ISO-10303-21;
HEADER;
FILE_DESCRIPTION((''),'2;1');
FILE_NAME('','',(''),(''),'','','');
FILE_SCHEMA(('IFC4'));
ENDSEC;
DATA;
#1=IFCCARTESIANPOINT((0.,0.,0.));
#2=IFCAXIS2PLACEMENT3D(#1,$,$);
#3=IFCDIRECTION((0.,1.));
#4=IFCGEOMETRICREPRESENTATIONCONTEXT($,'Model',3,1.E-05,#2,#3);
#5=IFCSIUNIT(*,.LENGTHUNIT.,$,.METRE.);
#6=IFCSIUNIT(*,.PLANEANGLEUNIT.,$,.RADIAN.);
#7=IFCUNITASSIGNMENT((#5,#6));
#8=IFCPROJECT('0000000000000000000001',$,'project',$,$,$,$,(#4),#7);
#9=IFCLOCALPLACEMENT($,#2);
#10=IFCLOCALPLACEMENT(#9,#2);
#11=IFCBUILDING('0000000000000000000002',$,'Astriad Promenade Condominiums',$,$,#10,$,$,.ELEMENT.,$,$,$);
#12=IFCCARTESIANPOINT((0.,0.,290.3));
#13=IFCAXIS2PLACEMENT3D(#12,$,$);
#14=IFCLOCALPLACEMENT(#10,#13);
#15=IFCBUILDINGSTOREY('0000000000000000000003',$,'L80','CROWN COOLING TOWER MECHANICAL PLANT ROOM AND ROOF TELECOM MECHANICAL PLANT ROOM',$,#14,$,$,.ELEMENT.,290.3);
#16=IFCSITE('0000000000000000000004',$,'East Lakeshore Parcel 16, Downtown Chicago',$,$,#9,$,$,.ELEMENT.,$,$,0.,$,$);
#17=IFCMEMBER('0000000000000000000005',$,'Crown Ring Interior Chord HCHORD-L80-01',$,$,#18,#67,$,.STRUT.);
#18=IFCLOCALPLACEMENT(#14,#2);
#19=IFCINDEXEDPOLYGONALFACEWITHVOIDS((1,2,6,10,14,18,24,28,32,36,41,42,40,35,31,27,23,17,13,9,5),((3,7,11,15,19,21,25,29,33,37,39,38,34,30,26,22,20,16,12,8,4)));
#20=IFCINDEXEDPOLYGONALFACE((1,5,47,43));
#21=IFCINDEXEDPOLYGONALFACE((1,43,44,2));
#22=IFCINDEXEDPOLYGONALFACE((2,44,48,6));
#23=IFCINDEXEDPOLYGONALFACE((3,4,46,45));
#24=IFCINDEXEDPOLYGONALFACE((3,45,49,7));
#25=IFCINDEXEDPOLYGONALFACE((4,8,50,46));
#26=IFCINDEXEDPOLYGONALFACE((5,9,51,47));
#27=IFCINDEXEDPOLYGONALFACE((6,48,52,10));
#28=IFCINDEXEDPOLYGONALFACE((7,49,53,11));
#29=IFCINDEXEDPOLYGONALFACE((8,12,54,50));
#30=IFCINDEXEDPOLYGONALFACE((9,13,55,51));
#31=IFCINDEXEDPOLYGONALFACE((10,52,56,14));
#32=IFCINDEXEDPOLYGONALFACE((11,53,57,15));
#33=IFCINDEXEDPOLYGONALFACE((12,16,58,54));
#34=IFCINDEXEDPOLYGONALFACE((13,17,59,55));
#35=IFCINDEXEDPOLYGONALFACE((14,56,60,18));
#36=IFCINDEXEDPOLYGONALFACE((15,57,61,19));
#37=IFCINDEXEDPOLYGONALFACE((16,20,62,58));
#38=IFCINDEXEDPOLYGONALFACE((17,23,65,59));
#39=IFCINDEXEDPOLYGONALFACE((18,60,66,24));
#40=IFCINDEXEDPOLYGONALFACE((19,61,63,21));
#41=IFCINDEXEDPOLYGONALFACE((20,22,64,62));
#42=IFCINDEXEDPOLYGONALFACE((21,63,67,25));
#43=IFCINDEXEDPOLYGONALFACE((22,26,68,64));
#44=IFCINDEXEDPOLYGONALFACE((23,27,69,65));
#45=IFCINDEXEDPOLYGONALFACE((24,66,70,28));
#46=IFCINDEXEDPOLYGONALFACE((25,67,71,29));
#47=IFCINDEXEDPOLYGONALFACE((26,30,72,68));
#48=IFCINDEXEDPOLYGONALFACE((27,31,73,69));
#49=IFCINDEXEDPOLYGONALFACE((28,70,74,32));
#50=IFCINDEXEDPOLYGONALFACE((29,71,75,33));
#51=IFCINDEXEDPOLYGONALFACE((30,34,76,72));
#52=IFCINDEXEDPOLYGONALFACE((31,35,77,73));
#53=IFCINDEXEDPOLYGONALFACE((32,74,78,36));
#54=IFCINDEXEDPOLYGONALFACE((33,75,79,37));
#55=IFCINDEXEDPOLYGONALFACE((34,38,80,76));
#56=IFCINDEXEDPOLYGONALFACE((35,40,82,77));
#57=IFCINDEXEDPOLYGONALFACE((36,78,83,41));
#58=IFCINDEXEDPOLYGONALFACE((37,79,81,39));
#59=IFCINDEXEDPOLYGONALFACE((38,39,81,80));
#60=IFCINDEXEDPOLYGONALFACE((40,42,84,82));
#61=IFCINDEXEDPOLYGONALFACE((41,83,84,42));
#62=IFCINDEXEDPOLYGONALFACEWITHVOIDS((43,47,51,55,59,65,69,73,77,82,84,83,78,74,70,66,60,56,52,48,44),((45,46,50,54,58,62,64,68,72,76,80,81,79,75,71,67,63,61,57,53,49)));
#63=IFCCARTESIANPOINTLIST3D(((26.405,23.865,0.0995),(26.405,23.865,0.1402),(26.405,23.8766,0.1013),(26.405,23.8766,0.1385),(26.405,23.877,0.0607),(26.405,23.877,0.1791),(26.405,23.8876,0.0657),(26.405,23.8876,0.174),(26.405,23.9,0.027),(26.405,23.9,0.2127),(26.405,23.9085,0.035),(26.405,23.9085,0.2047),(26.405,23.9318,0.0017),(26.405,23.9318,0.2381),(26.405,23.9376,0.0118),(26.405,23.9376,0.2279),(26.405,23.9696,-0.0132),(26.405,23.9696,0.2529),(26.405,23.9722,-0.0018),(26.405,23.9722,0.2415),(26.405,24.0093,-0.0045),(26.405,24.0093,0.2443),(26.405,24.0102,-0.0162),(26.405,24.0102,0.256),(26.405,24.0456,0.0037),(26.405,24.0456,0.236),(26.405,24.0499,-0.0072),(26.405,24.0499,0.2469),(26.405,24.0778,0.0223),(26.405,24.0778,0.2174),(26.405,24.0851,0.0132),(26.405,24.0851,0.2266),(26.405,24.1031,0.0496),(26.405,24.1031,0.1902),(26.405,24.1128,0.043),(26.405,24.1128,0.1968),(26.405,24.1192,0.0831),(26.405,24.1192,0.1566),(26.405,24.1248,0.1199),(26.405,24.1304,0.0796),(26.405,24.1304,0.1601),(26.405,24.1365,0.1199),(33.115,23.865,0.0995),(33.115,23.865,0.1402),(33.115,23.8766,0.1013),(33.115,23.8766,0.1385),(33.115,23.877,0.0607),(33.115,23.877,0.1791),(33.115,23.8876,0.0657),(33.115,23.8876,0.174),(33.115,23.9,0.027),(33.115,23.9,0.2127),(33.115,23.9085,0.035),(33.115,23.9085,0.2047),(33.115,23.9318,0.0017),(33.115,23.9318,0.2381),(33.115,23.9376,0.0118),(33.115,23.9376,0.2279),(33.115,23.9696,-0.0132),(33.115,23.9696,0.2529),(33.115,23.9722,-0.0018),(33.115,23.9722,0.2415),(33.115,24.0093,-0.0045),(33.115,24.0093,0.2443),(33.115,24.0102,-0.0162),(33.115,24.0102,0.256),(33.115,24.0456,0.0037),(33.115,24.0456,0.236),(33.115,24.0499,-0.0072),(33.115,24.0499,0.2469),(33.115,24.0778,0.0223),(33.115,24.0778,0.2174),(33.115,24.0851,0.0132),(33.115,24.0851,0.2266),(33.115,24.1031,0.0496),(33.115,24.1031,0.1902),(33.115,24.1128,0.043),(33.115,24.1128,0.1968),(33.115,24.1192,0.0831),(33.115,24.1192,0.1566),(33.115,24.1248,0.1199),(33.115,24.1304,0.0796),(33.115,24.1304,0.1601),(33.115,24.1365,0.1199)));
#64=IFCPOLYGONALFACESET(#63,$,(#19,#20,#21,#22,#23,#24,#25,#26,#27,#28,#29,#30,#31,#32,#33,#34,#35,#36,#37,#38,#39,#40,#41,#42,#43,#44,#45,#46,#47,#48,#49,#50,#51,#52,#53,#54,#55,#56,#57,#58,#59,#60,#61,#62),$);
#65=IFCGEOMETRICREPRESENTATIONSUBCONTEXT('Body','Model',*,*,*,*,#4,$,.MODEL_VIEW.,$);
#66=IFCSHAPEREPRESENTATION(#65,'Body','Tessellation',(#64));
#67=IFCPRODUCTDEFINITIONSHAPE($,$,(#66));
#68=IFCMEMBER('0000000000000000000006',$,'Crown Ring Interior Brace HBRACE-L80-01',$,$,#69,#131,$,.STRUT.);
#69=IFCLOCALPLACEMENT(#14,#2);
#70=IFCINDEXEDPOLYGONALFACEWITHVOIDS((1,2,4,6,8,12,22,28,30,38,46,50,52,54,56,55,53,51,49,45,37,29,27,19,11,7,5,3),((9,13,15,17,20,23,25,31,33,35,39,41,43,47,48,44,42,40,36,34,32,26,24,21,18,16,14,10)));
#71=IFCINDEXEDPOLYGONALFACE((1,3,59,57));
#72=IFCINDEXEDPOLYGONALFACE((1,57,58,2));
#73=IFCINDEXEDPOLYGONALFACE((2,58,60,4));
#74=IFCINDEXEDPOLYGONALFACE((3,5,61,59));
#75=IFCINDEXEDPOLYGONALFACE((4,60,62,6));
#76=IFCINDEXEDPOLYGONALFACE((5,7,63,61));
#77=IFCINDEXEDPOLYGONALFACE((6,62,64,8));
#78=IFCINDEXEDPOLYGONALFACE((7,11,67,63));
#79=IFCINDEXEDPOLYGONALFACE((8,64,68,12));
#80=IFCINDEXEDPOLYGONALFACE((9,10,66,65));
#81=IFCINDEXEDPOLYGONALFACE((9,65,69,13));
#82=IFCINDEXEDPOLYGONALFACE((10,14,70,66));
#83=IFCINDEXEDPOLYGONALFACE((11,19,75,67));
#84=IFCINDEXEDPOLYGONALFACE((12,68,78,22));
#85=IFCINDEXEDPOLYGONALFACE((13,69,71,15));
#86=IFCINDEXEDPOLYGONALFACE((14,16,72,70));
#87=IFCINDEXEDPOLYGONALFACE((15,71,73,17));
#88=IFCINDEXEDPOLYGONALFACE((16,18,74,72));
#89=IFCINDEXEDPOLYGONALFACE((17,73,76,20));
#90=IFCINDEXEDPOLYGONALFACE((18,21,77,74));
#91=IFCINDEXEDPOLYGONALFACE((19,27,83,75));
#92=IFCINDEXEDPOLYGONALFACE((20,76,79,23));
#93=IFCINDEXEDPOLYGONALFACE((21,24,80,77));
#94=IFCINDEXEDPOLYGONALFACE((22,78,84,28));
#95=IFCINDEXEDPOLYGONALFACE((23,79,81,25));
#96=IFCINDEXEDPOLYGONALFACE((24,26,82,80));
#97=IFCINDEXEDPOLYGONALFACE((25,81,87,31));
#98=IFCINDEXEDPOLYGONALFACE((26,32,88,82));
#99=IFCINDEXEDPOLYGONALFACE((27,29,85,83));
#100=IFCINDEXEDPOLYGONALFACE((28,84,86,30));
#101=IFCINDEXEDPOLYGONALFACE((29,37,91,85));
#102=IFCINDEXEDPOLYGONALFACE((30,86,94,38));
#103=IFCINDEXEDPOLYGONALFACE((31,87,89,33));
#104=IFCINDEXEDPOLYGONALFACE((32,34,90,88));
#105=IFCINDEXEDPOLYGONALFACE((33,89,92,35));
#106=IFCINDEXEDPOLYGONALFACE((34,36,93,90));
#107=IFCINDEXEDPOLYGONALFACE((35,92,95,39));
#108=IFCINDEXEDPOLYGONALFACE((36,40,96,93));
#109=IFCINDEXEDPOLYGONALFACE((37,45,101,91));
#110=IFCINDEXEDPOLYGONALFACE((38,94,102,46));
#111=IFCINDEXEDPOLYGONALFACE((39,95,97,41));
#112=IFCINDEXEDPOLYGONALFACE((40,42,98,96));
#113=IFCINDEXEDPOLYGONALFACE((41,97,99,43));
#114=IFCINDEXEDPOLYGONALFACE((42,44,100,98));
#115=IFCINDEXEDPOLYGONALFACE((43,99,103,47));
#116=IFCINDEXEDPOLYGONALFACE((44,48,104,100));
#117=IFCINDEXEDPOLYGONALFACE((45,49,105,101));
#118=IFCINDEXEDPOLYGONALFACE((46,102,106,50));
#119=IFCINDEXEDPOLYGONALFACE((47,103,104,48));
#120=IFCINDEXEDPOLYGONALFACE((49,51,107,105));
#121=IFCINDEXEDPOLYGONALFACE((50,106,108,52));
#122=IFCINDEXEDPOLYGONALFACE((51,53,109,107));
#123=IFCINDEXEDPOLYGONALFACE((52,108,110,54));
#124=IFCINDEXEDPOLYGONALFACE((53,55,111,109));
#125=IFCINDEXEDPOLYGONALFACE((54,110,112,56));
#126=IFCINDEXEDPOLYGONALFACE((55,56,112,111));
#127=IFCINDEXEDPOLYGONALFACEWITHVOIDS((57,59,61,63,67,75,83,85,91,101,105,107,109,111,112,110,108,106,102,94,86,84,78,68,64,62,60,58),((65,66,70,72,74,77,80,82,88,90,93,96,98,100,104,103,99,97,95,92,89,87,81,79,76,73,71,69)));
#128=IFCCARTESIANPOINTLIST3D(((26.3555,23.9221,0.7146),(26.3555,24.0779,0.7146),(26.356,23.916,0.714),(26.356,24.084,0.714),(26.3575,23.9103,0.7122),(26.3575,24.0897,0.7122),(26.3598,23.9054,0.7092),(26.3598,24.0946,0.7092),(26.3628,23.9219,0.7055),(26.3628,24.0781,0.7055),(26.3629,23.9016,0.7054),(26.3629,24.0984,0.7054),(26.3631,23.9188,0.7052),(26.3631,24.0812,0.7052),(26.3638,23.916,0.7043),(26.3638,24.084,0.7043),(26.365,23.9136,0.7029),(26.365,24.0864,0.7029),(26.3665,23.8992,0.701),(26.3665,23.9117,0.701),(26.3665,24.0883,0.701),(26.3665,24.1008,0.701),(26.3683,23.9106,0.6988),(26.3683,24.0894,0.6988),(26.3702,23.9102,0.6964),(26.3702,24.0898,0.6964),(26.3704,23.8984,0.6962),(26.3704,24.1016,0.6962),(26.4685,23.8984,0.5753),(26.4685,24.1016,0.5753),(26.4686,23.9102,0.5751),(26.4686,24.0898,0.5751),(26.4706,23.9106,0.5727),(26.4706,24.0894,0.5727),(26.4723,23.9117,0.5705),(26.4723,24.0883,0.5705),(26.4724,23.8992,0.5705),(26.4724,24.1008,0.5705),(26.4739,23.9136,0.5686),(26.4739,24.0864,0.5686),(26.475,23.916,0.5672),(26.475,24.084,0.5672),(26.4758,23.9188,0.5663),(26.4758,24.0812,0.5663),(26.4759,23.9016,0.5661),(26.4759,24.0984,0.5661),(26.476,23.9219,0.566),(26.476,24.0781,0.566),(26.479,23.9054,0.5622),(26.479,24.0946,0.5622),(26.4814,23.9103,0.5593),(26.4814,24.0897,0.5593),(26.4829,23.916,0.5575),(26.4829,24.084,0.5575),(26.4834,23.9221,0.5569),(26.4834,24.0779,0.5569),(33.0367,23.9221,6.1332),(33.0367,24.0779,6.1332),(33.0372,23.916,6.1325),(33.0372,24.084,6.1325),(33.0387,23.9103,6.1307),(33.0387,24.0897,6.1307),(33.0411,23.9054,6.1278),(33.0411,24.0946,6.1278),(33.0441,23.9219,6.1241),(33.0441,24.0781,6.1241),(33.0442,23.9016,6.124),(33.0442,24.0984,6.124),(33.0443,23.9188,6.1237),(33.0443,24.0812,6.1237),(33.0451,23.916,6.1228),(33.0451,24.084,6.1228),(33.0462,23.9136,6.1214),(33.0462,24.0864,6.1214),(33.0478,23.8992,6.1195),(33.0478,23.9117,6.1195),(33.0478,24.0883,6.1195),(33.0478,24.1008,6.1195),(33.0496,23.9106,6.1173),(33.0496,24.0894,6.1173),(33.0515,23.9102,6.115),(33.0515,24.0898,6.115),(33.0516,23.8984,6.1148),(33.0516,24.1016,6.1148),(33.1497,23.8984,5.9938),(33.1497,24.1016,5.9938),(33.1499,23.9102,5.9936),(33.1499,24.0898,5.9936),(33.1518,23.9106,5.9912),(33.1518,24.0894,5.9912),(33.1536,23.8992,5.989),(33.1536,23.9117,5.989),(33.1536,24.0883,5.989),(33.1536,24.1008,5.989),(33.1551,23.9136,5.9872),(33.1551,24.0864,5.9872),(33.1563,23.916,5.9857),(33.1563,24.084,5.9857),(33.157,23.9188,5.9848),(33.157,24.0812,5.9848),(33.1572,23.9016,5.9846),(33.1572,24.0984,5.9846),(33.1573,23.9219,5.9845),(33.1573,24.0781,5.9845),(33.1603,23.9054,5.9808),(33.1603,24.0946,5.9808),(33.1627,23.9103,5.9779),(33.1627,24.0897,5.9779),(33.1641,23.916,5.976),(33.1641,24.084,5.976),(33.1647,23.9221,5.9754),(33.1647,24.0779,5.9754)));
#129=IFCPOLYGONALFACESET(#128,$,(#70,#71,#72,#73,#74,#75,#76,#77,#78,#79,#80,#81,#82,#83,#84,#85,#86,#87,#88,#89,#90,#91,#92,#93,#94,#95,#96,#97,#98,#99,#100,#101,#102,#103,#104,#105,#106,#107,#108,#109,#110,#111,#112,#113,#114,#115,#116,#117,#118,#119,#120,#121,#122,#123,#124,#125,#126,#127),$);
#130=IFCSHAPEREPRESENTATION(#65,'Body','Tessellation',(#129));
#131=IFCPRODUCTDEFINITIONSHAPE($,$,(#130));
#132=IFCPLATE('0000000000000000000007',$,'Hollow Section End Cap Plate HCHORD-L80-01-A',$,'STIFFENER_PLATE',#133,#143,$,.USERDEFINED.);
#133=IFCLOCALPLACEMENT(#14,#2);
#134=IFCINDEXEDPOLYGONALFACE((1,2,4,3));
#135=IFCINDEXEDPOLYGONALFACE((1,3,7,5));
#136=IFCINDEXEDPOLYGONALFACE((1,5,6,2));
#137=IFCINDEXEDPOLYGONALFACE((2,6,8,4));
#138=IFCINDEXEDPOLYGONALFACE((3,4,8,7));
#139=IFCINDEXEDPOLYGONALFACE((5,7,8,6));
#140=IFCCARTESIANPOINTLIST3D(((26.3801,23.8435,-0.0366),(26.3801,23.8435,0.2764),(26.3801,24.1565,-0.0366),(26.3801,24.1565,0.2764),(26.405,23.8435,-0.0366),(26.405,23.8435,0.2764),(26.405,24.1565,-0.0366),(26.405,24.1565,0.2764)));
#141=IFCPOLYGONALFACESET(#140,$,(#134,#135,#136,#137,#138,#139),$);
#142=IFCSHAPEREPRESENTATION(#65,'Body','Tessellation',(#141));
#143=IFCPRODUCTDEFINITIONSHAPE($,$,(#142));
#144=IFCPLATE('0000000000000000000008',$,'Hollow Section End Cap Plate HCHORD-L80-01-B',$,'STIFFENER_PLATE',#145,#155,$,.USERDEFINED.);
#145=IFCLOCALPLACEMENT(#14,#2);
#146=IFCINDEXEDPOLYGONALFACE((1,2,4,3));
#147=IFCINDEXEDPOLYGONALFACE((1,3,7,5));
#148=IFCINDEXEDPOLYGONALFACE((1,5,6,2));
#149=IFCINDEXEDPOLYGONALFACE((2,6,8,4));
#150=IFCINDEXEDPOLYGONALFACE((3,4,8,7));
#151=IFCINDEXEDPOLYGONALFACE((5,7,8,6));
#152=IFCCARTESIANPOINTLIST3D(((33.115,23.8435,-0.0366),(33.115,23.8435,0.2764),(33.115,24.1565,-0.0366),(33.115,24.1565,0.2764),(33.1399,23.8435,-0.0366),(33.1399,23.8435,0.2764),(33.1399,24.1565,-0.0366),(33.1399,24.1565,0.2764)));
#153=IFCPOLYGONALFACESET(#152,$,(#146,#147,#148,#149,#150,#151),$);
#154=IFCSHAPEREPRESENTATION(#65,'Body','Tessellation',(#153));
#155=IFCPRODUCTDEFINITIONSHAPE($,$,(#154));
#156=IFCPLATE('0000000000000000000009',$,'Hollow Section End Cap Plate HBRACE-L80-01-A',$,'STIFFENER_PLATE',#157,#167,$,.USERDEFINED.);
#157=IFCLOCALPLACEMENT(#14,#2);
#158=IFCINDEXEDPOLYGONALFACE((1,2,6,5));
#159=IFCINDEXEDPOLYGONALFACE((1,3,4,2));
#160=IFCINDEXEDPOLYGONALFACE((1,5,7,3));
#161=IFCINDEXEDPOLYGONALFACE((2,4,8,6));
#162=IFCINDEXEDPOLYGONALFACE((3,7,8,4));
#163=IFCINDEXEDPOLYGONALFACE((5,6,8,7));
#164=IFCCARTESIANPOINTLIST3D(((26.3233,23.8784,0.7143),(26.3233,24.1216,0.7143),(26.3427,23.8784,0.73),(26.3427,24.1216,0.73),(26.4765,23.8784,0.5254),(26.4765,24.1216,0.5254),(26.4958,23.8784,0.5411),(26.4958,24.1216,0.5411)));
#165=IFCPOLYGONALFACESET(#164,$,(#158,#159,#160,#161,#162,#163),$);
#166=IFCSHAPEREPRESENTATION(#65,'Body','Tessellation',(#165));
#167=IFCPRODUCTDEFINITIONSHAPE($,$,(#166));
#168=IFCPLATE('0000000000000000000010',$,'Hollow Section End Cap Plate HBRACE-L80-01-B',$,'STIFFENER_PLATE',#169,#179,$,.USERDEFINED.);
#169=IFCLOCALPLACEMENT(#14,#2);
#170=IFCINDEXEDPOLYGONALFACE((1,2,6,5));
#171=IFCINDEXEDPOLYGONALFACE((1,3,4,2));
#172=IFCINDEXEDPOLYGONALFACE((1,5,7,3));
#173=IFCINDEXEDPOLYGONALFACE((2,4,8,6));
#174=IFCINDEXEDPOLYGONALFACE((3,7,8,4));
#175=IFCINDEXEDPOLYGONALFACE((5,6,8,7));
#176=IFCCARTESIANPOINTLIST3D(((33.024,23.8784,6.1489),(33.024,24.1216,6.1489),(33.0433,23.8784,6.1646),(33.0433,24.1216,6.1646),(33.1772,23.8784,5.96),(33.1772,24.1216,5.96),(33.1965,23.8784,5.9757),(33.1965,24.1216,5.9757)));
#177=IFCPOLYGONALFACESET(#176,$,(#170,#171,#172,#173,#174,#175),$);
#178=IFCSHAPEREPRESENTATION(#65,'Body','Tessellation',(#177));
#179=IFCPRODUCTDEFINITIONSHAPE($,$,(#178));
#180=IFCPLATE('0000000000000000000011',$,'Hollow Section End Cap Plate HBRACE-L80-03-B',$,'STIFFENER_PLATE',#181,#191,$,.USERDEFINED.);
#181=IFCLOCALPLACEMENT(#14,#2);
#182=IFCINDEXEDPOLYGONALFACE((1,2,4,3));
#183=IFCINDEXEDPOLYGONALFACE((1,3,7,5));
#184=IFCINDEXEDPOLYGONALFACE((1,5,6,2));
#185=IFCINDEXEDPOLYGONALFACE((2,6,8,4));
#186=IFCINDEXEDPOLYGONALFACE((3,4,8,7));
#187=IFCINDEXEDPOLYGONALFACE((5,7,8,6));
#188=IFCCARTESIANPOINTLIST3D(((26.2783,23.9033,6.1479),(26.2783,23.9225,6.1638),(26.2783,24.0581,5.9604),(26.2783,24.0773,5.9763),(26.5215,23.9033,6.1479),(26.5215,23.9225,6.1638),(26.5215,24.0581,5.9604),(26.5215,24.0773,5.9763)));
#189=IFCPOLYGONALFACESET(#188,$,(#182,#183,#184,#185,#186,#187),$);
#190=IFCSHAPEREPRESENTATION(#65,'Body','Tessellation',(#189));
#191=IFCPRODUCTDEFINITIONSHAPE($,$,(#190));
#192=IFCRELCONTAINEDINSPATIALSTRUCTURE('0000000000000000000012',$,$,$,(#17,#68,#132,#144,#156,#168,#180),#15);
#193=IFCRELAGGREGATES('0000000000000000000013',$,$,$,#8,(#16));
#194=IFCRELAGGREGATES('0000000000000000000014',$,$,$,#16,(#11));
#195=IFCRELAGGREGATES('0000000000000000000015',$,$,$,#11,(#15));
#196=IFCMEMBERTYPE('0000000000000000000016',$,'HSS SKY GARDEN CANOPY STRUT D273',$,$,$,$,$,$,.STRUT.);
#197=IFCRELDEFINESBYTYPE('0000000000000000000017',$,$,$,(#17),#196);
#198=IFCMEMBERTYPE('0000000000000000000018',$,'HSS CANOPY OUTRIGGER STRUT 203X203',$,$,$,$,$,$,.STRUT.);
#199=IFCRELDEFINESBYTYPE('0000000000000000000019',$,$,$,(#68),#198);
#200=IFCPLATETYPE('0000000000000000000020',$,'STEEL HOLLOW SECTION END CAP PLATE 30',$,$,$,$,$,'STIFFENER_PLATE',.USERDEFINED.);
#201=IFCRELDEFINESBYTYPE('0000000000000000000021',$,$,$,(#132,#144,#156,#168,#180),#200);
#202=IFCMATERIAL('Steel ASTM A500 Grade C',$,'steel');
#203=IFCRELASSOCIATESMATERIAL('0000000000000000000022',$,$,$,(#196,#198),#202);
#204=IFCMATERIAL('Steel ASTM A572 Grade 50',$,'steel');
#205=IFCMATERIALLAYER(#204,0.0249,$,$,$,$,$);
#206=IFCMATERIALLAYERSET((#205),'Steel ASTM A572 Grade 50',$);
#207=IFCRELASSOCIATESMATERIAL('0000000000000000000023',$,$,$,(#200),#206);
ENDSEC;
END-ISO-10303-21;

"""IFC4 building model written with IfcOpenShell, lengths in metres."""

from ifc_helpers import new_model, si_unit, direction, frame, origin, origin_2d, place, context, subcontext, project, spatial, rectangle, hollow_rectangle, hollow_circle, extrude, source, transform, mapped, material, layer, layer_set, material_profile, profile_set, type_object, type_shapes, element, save


model = new_model("IFC4")

# Units and contexts
model_context = context("Model", 3, precision=1e-05, world=origin(), true_north=direction((0.0, 1.0)))
body_context = subcontext(model_context, "Body", "Model", "MODEL_VIEW")
ifc_project = project(units=[si_unit("LENGTHUNIT", "METRE"), si_unit("PLANEANGLEUNIT", "RADIAN")], contexts=[model_context])

# Site, building, storey
site_placement = place(None, origin())
site = spatial("IfcSite", under=ifc_project, at=site_placement, Name="East Lakeshore Parcel 16, Downtown Chicago", CompositionType="ELEMENT", RefElevation=0.0)
building_placement = place(site_placement, origin())
building = spatial("IfcBuilding", under=site, at=building_placement, Name="Astriad Promenade Condominiums", CompositionType="ELEMENT")
storey_placement = place(building_placement, frame((0.0, 0.0, 290.3)))
storey = spatial("IfcBuildingStorey", under=building, at=storey_placement, Name="L80", Description="CROWN COOLING TOWER MECHANICAL PLANT ROOM AND ROOF TELECOM MECHANICAL PLANT ROOM", CompositionType="ELEMENT", Elevation=290.3)

# Members
ifc_material_1 = material(Name="Steel ASTM A500 Grade C", Category="steel")
ifc_material_profile_1 = material_profile(ifc_material_1, hollow_circle(Radius=0.1365, WallThickness=0.0117, at=origin_2d()), Name="HSS273.1X12.7")
ifc_profile_set_1 = profile_set([ifc_material_profile_1], Name="Steel ASTM A500 Grade C")
member_type_1 = type_object("IfcMemberType", Name="HSS SKY GARDEN CANOPY STRUT D273", PredefinedType="STRUT", material=ifc_profile_set_1)
shared_shape_1 = source(origin(), body_context, "Body", "SweptSolid", [
    extrude(hollow_circle(Radius=0.1365, WallThickness=0.0117, at=origin_2d()), origin(), (0.0, 0.0, 1.0), 6.71),
])
type_shapes(member_type_1, [shared_shape_1])
member_1_placement = place(storey_placement, frame((26.405, 24.0, 0.1199), z_axis=(1.0, 0.0, 0.0), x_axis=(0.0, 1.0, 0.0)))
element("IfcMember", 1, at=member_1_placement, inside=storey, type_object=member_type_1, Name="Crown Ring Interior Chord HCHORD-L80-01", PredefinedType="STRUT", context=body_context, shape_type="MappedRepresentation", body=[
    mapped(shared_shape_1, transform((0.0, 0.0, 0.0), scale=1.0)),
])
ifc_material_profile_2 = material_profile(ifc_material_1, hollow_rectangle(XDim=0.2031, YDim=0.2031, WallThickness=0.0117, InnerFilletRadius=0.0117, OuterFilletRadius=0.0237, at=origin_2d()), Name="HSS203X203X12.7")
ifc_profile_set_2 = profile_set([ifc_material_profile_2], Name="Steel ASTM A500 Grade C")
member_type_2 = type_object("IfcMemberType", Name="HSS CANOPY OUTRIGGER STRUT 203X203", PredefinedType="STRUT", material=ifc_profile_set_2)
shared_shape_2 = source(origin(), body_context, "Body", "SweptSolid", [
    extrude(hollow_rectangle(XDim=0.2031, YDim=0.2031, WallThickness=0.0117, InnerFilletRadius=0.0117, OuterFilletRadius=0.0237, at=origin_2d()), origin(), (0.0, 0.0, 1.0), 8.6023),
])
type_shapes(member_type_2, [shared_shape_2])
member_2_placement = place(storey_placement, frame((26.4194, 24.0, 0.6357), z_axis=(0.776681, 0.0, 0.629894), x_axis=(0.0, 1.0, 0.0)))
element("IfcMember", 2, at=member_2_placement, inside=storey, type_object=member_type_2, Name="Crown Ring Interior Brace HBRACE-L80-01", PredefinedType="STRUT", context=body_context, shape_type="MappedRepresentation", body=[
    mapped(shared_shape_2, transform((0.0, 0.0, 0.0), scale=1.0)),
])

# Plates
ifc_material_2 = material(Name="Steel ASTM A572 Grade 50", Category="steel")
ifc_layer_1 = layer(ifc_material_2, 0.0249)
ifc_layer_set_1 = layer_set([ifc_layer_1], Name="Steel ASTM A572 Grade 50")
plate_type = type_object("IfcPlateType", Name="STEEL HOLLOW SECTION END CAP PLATE 30", ElementType="STIFFENER_PLATE", PredefinedType="USERDEFINED", material=ifc_layer_set_1)
shared_shape_3 = source(origin(), body_context, "Body", "SweptSolid", [
    extrude(rectangle(XDim=0.313, YDim=0.313, at=origin_2d()), origin(), (0.0, 0.0, 1.0), 0.0249),
])
for number, where, z_axis, x_axis, name in (
    (3, (26.3801, 24.0, 0.1199), (1.0, 0.0, 0.0), (0.0, 1.0, 0.0), "Hollow Section End Cap Plate HCHORD-L80-01-A"),
    (4, (33.115, 24.0, 0.1199), (1.0, 0.0, 0.0), (0.0, 1.0, 0.0), "Hollow Section End Cap Plate HCHORD-L80-01-B"),
):
    element("IfcPlate", number, at=place(storey_placement, frame(where, z_axis=z_axis, x_axis=x_axis)), inside=storey, type_object=plate_type, Name=name, ObjectType="STIFFENER_PLATE", PredefinedType="USERDEFINED", context=body_context, shape_type="MappedRepresentation", body=[
        mapped(shared_shape_3, transform((0.0, 0.0, 0.0), scale=1.0)),
    ])
shared_shape_4 = source(origin(), body_context, "Body", "SweptSolid", [
    extrude(rectangle(XDim=0.2432, YDim=0.2432, at=origin_2d()), origin(), (0.0, 0.0, 1.0), 0.0249),
])
type_shapes(plate_type, [shared_shape_3, shared_shape_4])
for number, where, z_axis, x_axis, name in (
    (5, (26.3999, 24.0, 0.6199), (0.776676, 0.0, 0.629901), (0.0, 1.0, 0.0), "Hollow Section End Cap Plate HBRACE-L80-01-A"),
    (6, (33.1006, 24.0, 6.0544), (0.776676, 0.0, 0.629901), (0.0, 1.0, 0.0), "Hollow Section End Cap Plate HBRACE-L80-01-B"),
    (7, (26.3999, 23.9807, 6.0542), (0.0, 0.771082, 0.636736), (-1.0, 0.0, 0.0), "Hollow Section End Cap Plate HBRACE-L80-03-B"),
):
    element("IfcPlate", number, at=place(storey_placement, frame(where, z_axis=z_axis, x_axis=x_axis)), inside=storey, type_object=plate_type, Name=name, ObjectType="STIFFENER_PLATE", PredefinedType="USERDEFINED", context=body_context, shape_type="MappedRepresentation", body=[
        mapped(shared_shape_4, transform((0.0, 0.0, 0.0), scale=1.0)),
    ])

save(model, "model.ifc")
